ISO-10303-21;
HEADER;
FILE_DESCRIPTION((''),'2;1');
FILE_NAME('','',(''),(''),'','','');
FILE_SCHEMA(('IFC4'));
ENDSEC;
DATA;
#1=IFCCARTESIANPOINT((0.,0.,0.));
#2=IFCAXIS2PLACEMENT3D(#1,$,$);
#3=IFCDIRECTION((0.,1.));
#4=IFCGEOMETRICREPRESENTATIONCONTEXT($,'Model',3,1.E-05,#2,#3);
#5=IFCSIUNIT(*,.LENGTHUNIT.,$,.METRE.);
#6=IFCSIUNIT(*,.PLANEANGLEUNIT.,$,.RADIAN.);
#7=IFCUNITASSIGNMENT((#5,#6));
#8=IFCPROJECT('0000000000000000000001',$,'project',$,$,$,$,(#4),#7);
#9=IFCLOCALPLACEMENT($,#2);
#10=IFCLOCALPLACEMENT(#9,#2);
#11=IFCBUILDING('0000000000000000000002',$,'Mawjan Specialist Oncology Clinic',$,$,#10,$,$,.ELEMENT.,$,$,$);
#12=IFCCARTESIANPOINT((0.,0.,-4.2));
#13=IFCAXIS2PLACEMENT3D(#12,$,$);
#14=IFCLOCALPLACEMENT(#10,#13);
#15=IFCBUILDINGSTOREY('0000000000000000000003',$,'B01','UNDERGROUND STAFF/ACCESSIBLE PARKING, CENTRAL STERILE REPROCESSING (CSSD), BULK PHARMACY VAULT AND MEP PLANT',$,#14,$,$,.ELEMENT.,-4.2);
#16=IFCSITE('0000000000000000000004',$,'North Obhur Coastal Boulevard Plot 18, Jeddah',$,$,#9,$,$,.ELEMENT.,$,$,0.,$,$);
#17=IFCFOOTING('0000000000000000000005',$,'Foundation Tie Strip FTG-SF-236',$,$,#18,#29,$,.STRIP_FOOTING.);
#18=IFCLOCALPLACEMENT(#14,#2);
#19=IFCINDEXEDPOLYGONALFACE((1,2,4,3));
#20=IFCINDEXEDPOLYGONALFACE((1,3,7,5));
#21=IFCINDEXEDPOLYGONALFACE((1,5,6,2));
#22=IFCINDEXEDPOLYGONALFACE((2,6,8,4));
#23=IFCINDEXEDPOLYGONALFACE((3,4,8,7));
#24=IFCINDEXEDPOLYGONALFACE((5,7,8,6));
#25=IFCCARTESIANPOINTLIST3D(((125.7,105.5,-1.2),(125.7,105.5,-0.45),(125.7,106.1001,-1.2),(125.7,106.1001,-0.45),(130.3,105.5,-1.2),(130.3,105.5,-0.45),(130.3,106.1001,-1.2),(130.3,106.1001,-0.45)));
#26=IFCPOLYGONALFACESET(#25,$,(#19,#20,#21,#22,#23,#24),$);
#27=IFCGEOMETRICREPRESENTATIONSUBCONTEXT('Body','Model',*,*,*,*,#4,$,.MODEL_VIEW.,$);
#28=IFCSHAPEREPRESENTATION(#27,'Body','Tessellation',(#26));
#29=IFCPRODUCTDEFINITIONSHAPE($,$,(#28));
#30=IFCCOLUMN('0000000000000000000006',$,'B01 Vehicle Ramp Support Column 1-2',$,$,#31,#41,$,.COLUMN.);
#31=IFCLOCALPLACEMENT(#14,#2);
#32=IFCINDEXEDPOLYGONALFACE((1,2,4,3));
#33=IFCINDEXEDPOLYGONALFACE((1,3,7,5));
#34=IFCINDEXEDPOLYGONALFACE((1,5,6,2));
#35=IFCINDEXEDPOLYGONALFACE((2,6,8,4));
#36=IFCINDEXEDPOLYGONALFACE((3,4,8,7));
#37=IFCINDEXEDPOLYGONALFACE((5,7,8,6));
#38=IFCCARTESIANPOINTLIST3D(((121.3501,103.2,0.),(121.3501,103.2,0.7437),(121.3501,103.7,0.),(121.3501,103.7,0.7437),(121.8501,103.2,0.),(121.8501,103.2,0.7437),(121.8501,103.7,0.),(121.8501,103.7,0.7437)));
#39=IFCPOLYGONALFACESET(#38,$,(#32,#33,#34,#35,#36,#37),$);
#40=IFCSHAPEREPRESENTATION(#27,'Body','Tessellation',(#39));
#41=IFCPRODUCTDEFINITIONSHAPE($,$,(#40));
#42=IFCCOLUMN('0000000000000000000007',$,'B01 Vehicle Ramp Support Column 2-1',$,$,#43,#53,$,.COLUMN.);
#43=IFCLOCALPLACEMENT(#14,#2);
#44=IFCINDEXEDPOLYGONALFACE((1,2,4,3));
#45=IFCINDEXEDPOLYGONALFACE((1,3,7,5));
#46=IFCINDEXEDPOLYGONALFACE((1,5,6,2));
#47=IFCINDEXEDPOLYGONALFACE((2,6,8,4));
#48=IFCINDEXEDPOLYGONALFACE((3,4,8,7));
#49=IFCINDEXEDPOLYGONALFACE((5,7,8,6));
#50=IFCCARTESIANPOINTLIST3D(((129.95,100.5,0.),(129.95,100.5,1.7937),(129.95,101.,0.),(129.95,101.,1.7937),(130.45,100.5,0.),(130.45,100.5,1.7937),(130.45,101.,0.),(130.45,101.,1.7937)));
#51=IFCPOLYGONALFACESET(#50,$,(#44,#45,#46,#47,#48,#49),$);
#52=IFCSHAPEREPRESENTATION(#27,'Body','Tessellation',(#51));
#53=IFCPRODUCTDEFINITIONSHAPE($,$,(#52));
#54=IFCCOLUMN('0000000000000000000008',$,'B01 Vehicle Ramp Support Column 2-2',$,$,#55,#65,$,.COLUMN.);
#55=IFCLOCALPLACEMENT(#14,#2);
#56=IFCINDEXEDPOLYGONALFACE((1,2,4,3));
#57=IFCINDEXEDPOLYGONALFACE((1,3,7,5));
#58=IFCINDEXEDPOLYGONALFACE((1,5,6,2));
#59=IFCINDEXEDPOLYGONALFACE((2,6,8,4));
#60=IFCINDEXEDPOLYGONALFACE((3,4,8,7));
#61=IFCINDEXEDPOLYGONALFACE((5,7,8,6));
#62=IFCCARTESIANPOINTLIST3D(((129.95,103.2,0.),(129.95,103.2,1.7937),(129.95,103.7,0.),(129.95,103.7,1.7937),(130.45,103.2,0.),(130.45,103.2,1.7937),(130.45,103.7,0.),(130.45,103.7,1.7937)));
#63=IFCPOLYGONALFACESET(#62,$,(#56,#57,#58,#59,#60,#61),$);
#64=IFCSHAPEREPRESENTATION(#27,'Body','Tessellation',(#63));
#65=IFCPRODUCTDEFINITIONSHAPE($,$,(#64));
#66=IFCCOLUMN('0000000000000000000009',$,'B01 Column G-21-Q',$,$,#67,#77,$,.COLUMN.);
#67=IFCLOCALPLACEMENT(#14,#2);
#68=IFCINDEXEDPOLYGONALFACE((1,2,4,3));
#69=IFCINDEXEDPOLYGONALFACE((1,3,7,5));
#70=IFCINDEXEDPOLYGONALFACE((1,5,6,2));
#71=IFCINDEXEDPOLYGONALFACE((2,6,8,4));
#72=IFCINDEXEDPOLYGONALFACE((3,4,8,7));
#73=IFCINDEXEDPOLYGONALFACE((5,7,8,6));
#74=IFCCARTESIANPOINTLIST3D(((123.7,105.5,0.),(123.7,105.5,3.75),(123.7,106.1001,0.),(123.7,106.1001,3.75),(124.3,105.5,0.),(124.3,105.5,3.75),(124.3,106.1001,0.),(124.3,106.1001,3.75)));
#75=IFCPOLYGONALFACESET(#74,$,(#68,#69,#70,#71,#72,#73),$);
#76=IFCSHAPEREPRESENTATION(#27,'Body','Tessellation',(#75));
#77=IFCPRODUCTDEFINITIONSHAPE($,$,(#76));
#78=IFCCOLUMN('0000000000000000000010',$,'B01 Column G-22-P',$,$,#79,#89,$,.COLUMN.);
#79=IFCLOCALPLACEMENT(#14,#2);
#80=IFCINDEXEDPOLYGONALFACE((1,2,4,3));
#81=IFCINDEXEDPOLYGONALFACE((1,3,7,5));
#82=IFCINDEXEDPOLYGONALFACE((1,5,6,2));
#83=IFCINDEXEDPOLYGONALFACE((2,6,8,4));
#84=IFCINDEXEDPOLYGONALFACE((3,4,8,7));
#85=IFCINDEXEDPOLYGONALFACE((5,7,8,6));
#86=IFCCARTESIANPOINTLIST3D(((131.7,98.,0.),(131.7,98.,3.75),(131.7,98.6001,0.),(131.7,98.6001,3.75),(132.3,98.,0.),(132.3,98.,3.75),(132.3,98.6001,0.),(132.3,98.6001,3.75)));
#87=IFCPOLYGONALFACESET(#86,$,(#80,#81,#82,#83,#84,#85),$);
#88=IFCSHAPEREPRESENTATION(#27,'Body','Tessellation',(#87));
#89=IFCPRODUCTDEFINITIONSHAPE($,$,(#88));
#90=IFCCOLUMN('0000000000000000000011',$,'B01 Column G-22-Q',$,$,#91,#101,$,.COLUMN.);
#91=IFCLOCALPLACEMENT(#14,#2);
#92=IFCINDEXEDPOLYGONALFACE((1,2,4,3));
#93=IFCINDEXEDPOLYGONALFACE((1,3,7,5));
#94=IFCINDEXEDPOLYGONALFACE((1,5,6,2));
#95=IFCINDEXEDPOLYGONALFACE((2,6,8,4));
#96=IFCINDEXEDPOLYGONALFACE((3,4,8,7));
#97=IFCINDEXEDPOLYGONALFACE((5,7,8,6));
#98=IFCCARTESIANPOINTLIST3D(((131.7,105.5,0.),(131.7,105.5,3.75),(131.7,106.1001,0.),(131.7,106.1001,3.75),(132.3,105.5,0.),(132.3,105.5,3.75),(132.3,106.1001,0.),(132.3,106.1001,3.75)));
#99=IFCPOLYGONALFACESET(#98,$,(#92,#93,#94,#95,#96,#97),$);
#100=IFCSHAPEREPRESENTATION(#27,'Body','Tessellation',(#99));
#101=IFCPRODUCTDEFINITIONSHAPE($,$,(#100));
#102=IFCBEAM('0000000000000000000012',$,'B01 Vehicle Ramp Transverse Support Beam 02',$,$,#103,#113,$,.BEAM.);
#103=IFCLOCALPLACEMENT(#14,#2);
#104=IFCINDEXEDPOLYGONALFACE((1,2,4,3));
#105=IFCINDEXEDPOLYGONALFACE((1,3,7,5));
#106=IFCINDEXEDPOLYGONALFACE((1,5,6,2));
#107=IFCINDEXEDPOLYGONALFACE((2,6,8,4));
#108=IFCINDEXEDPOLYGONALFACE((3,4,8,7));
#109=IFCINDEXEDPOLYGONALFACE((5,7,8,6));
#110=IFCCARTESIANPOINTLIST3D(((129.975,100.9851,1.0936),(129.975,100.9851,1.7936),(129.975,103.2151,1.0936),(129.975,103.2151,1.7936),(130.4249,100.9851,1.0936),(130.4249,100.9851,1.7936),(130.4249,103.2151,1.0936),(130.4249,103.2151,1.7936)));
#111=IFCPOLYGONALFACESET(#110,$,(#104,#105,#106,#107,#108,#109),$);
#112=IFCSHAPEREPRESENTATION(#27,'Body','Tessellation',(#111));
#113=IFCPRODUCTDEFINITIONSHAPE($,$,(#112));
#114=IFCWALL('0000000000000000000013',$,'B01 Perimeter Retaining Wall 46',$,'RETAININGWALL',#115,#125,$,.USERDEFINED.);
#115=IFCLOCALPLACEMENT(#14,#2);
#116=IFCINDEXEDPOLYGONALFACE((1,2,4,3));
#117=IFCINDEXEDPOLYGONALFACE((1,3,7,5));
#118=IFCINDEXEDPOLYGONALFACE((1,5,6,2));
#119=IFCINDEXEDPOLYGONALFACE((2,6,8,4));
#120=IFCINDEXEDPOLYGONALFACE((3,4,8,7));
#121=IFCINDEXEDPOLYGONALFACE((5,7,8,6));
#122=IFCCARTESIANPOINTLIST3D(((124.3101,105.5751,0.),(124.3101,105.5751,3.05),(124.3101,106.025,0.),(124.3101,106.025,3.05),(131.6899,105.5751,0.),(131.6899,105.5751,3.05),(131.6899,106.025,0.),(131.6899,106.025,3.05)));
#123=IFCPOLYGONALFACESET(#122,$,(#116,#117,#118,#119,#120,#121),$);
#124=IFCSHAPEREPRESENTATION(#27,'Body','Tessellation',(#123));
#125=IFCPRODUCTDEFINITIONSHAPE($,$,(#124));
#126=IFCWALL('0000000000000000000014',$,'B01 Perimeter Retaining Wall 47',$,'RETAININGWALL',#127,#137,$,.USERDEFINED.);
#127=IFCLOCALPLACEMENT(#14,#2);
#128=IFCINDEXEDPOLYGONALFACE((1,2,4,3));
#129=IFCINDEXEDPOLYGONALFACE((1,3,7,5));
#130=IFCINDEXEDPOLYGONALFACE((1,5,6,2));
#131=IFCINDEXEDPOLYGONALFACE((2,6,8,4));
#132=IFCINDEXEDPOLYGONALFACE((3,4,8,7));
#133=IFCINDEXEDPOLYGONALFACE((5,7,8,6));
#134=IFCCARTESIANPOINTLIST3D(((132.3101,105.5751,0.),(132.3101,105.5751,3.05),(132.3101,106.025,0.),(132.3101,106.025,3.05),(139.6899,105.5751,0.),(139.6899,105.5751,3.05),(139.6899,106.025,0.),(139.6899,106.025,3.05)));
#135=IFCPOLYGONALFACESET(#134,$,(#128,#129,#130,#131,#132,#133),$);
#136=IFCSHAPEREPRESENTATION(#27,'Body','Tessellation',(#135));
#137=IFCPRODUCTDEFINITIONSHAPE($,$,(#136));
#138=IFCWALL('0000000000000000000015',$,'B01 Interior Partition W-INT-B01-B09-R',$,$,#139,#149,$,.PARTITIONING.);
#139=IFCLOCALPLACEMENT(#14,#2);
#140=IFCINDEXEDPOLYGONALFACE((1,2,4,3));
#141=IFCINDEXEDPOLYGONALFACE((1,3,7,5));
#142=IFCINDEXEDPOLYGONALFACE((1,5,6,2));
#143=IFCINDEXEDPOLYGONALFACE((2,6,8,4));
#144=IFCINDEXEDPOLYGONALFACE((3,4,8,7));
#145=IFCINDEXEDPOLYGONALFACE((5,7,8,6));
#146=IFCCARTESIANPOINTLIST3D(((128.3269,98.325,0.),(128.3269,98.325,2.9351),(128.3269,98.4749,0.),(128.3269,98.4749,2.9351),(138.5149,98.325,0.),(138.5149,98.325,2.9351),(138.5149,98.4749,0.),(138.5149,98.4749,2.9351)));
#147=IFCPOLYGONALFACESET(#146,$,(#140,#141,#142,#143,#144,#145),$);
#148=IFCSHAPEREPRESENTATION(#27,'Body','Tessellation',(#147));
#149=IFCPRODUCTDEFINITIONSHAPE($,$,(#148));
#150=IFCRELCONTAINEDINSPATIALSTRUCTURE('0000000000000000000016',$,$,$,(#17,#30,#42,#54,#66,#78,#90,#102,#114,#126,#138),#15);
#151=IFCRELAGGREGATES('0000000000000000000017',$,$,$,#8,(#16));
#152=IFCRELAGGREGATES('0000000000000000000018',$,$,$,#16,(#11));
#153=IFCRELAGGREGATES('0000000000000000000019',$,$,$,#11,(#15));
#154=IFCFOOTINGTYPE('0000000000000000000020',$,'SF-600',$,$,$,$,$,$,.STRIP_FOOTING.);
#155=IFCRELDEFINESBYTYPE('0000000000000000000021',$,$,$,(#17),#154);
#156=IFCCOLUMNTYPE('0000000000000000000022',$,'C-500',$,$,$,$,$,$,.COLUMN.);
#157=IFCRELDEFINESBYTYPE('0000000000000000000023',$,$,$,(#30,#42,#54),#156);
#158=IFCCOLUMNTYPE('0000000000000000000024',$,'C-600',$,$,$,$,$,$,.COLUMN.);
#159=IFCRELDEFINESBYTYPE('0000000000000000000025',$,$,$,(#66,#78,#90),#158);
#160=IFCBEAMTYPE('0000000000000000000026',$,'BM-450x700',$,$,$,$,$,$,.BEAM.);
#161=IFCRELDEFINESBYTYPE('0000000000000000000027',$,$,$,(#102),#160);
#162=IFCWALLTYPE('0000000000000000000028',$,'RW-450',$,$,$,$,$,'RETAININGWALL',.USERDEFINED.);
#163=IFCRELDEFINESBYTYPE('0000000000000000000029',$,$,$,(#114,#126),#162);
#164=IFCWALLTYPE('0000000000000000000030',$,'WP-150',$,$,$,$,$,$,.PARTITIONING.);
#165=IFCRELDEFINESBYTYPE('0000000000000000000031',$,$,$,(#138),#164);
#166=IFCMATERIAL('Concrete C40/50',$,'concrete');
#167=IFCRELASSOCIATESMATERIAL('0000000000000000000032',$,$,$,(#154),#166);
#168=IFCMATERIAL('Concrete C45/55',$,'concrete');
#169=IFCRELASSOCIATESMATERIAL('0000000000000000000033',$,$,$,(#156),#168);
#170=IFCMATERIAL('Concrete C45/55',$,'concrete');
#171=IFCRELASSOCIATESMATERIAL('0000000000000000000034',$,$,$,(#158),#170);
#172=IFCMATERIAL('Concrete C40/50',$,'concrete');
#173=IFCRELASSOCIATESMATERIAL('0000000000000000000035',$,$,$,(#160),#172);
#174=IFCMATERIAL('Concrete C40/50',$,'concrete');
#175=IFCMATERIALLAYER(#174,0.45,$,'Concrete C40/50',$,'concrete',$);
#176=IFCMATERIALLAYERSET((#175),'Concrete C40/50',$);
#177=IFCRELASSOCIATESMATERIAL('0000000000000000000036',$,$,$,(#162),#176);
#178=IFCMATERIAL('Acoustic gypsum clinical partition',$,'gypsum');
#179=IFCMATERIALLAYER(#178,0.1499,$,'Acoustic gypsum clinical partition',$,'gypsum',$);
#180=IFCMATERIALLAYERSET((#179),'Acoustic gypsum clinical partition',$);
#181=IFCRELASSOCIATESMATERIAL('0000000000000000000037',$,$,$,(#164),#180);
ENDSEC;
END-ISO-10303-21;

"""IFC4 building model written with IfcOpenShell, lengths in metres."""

from ifc_helpers import new_model, si_unit, direction, frame, frame_2d, origin, origin_2d, place, context, subcontext, project, spatial, rectangle, extrude, material, layer, layer_set, material_profile, profile_set, type_object, element, save


model = new_model("IFC4")

# Units and contexts
model_context = context("Model", 3, precision=1e-05, world=origin(), true_north=direction((0.0, 1.0)))
body_context = subcontext(model_context, "Body", "Model", "MODEL_VIEW")
ifc_project = project(units=[si_unit("LENGTHUNIT", "METRE"), si_unit("PLANEANGLEUNIT", "RADIAN")], contexts=[model_context])

# Site, building, storey
site_placement = place(None, origin())
site = spatial("IfcSite", under=ifc_project, at=site_placement, Name="North Obhur Coastal Boulevard Plot 18, Jeddah", CompositionType="ELEMENT", RefElevation=0.0)
building_placement = place(site_placement, origin())
building = spatial("IfcBuilding", under=site, at=building_placement, Name="Mawjan Specialist Oncology Clinic", CompositionType="ELEMENT")
storey_placement = place(building_placement, frame((0.0, 0.0, -4.2)))
storey = spatial("IfcBuildingStorey", under=building, at=storey_placement, Name="B01", Description="UNDERGROUND STAFF/ACCESSIBLE PARKING, CENTRAL STERILE REPROCESSING (CSSD), BULK PHARMACY VAULT AND MEP PLANT", CompositionType="ELEMENT", Elevation=-4.2)

# Footing
ifc_material_1 = material(Name="Concrete C40/50", Category="concrete")
footing_type_1 = type_object("IfcFootingType", Name="SF-600", PredefinedType="STRIP_FOOTING", material=ifc_material_1)
footing_placement = place(storey_placement, frame((128.0, 105.8, -1.2), z_axis=(0.0, 0.0, 1.0), x_axis=(1.0, 0.0, 0.0)))
element("IfcFooting", 1, at=footing_placement, inside=storey, type_object=footing_type_1, Name="Foundation Tie Strip FTG-SF-236", PredefinedType="STRIP_FOOTING", context=body_context, shape_type="SweptSolid", body=[
    extrude(rectangle(XDim=4.6001, YDim=0.6001, at=origin_2d()), origin(), (0.0, 0.0, 1.0), 0.75),
])

# Columns
ifc_material_2 = material(Name="Concrete C45/55", Category="concrete")
ifc_material_profile_1 = material_profile(ifc_material_2, rectangle(XDim=0.5, YDim=0.5, at=origin_2d()), Name="RC COL 500x500", Category="concrete")
ifc_profile_set_1 = profile_set([ifc_material_profile_1], Name="Concrete C45/55")
column_type_1 = type_object("IfcColumnType", Name="C-500", PredefinedType="COLUMN", material=ifc_profile_set_1)
column_placement = place(storey_placement, frame((121.6001, 103.45, 0.0), z_axis=(0.0, 0.0, 1.0), x_axis=(1.0, 0.0, 0.0)))
element("IfcColumn", 2, at=column_placement, inside=storey, type_object=column_type_1, Name="B01 Vehicle Ramp Support Column 1-2", PredefinedType="COLUMN", context=body_context, shape_type="SweptSolid", body=[
    extrude(rectangle(XDim=0.5, YDim=0.5, at=origin_2d()), origin(), (0.0, 0.0, 1.0), 0.7437),
])
for number, where, z_axis, x_axis, name in (
    (3, (130.2, 100.75, 0.0), (0.0, 0.0, 1.0), (1.0, 0.0, 0.0), "B01 Vehicle Ramp Support Column 2-1"),
    (4, (130.2, 103.45, 0.0), (0.0, 0.0, 1.0), (1.0, 0.0, 0.0), "B01 Vehicle Ramp Support Column 2-2"),
):
    element("IfcColumn", number, at=place(storey_placement, frame(where, z_axis=z_axis, x_axis=x_axis)), inside=storey, type_object=column_type_1, Name=name, PredefinedType="COLUMN", context=body_context, shape_type="SweptSolid", body=[
        extrude(rectangle(XDim=0.5, YDim=0.5, at=origin_2d()), origin(), (0.0, 0.0, 1.0), 1.7937),
    ])
ifc_material_3 = material(Name="Concrete C45/55", Category="concrete")
ifc_material_profile_2 = material_profile(ifc_material_3, rectangle(XDim=0.6001, YDim=0.6001, at=origin_2d()), Name="RC COL 600x600", Category="concrete")
ifc_profile_set_2 = profile_set([ifc_material_profile_2], Name="Concrete C45/55")
column_type_2 = type_object("IfcColumnType", Name="C-600", PredefinedType="COLUMN", material=ifc_profile_set_2)
for number, where, z_axis, x_axis, name in (
    (5, (124.0, 105.8, 0.0), (0.0, 0.0, 1.0), (1.0, 0.0, 0.0), "B01 Column G-21-Q"),
    (6, (132.0, 98.3, 0.0), (0.0, 0.0, 1.0), (1.0, 0.0, 0.0), "B01 Column G-22-P"),
    (7, (132.0, 105.8, 0.0), (0.0, 0.0, 1.0), (1.0, 0.0, 0.0), "B01 Column G-22-Q"),
):
    element("IfcColumn", number, at=place(storey_placement, frame(where, z_axis=z_axis, x_axis=x_axis)), inside=storey, type_object=column_type_2, Name=name, PredefinedType="COLUMN", context=body_context, shape_type="SweptSolid", body=[
        extrude(rectangle(XDim=0.6001, YDim=0.6001, at=origin_2d()), origin(), (0.0, 0.0, 1.0), 3.75),
    ])

# Beam
ifc_material_4 = material(Name="Concrete C40/50", Category="concrete")
ifc_material_profile_3 = material_profile(ifc_material_4, rectangle(XDim=0.45, YDim=0.7, at=origin_2d()), Name="RC BM 450x700", Category="concrete")
ifc_profile_set_3 = profile_set([ifc_material_profile_3], Name="Concrete C40/50")
beam_type = type_object("IfcBeamType", Name="BM-450x700", PredefinedType="BEAM", material=ifc_profile_set_3)
beam_placement = place(storey_placement, frame((130.2, 100.9851, 1.4436), z_axis=(0.0, 1.0, 0.0), x_axis=(-1.0, 0.0, 0.0)))
element("IfcBeam", 8, at=beam_placement, inside=storey, type_object=beam_type, Name="B01 Vehicle Ramp Transverse Support Beam 02", PredefinedType="BEAM", context=body_context, shape_type="SweptSolid", body=[
    extrude(rectangle(XDim=0.45, YDim=0.7, at=origin_2d()), origin(), (0.0, 0.0, 1.0), 2.23),
])

# Walls
ifc_material_5 = material(Name="Concrete C40/50", Category="concrete")
ifc_layer_1 = layer(ifc_material_5, 0.45, Name="Concrete C40/50", Category="concrete")
ifc_layer_set_1 = layer_set([ifc_layer_1], Name="Concrete C40/50")
wall_type_1 = type_object("IfcWallType", Name="RW-450", ElementType="RETAININGWALL", PredefinedType="USERDEFINED", material=ifc_layer_set_1)
for number, where, z_axis, x_axis, name in (
    (9, (124.3101, 105.8, 0.0), (0.0, 0.0, 1.0), (1.0, 0.0, 0.0), "B01 Perimeter Retaining Wall 46"),
    (10, (132.3101, 105.8, 0.0), (0.0, 0.0, 1.0), (1.0, 0.0, 0.0), "B01 Perimeter Retaining Wall 47"),
):
    element("IfcWall", number, at=place(storey_placement, frame(where, z_axis=z_axis, x_axis=x_axis)), inside=storey, type_object=wall_type_1, Name=name, ObjectType="RETAININGWALL", PredefinedType="USERDEFINED", context=body_context, shape_type="SweptSolid", body=[
        extrude(rectangle(XDim=7.3799, YDim=0.45, at=frame_2d((3.6899, 0.0))), origin(), (0.0, 0.0, 1.0), 3.05),
    ])
ifc_material_6 = material(Name="Acoustic gypsum clinical partition", Category="gypsum")
ifc_layer_2 = layer(ifc_material_6, 0.1499, Name="Acoustic gypsum clinical partition", Category="gypsum")
ifc_layer_set_2 = layer_set([ifc_layer_2], Name="Acoustic gypsum clinical partition")
wall_type_2 = type_object("IfcWallType", Name="WP-150", PredefinedType="PARTITIONING", material=ifc_layer_set_2)
wall_placement = place(storey_placement, frame((128.3269, 98.3999, 0.0), z_axis=(0.0, 0.0, 1.0), x_axis=(1.0, 0.0, 0.0)))
element("IfcWall", 11, at=wall_placement, inside=storey, type_object=wall_type_2, Name="B01 Interior Partition W-INT-B01-B09-R", PredefinedType="PARTITIONING", context=body_context, shape_type="SweptSolid", body=[
    extrude(rectangle(XDim=10.188, YDim=0.1499, at=frame_2d((5.094, 0.0))), origin(), (0.0, 0.0, 1.0), 2.9351),
])

save(model, "model.ifc")
